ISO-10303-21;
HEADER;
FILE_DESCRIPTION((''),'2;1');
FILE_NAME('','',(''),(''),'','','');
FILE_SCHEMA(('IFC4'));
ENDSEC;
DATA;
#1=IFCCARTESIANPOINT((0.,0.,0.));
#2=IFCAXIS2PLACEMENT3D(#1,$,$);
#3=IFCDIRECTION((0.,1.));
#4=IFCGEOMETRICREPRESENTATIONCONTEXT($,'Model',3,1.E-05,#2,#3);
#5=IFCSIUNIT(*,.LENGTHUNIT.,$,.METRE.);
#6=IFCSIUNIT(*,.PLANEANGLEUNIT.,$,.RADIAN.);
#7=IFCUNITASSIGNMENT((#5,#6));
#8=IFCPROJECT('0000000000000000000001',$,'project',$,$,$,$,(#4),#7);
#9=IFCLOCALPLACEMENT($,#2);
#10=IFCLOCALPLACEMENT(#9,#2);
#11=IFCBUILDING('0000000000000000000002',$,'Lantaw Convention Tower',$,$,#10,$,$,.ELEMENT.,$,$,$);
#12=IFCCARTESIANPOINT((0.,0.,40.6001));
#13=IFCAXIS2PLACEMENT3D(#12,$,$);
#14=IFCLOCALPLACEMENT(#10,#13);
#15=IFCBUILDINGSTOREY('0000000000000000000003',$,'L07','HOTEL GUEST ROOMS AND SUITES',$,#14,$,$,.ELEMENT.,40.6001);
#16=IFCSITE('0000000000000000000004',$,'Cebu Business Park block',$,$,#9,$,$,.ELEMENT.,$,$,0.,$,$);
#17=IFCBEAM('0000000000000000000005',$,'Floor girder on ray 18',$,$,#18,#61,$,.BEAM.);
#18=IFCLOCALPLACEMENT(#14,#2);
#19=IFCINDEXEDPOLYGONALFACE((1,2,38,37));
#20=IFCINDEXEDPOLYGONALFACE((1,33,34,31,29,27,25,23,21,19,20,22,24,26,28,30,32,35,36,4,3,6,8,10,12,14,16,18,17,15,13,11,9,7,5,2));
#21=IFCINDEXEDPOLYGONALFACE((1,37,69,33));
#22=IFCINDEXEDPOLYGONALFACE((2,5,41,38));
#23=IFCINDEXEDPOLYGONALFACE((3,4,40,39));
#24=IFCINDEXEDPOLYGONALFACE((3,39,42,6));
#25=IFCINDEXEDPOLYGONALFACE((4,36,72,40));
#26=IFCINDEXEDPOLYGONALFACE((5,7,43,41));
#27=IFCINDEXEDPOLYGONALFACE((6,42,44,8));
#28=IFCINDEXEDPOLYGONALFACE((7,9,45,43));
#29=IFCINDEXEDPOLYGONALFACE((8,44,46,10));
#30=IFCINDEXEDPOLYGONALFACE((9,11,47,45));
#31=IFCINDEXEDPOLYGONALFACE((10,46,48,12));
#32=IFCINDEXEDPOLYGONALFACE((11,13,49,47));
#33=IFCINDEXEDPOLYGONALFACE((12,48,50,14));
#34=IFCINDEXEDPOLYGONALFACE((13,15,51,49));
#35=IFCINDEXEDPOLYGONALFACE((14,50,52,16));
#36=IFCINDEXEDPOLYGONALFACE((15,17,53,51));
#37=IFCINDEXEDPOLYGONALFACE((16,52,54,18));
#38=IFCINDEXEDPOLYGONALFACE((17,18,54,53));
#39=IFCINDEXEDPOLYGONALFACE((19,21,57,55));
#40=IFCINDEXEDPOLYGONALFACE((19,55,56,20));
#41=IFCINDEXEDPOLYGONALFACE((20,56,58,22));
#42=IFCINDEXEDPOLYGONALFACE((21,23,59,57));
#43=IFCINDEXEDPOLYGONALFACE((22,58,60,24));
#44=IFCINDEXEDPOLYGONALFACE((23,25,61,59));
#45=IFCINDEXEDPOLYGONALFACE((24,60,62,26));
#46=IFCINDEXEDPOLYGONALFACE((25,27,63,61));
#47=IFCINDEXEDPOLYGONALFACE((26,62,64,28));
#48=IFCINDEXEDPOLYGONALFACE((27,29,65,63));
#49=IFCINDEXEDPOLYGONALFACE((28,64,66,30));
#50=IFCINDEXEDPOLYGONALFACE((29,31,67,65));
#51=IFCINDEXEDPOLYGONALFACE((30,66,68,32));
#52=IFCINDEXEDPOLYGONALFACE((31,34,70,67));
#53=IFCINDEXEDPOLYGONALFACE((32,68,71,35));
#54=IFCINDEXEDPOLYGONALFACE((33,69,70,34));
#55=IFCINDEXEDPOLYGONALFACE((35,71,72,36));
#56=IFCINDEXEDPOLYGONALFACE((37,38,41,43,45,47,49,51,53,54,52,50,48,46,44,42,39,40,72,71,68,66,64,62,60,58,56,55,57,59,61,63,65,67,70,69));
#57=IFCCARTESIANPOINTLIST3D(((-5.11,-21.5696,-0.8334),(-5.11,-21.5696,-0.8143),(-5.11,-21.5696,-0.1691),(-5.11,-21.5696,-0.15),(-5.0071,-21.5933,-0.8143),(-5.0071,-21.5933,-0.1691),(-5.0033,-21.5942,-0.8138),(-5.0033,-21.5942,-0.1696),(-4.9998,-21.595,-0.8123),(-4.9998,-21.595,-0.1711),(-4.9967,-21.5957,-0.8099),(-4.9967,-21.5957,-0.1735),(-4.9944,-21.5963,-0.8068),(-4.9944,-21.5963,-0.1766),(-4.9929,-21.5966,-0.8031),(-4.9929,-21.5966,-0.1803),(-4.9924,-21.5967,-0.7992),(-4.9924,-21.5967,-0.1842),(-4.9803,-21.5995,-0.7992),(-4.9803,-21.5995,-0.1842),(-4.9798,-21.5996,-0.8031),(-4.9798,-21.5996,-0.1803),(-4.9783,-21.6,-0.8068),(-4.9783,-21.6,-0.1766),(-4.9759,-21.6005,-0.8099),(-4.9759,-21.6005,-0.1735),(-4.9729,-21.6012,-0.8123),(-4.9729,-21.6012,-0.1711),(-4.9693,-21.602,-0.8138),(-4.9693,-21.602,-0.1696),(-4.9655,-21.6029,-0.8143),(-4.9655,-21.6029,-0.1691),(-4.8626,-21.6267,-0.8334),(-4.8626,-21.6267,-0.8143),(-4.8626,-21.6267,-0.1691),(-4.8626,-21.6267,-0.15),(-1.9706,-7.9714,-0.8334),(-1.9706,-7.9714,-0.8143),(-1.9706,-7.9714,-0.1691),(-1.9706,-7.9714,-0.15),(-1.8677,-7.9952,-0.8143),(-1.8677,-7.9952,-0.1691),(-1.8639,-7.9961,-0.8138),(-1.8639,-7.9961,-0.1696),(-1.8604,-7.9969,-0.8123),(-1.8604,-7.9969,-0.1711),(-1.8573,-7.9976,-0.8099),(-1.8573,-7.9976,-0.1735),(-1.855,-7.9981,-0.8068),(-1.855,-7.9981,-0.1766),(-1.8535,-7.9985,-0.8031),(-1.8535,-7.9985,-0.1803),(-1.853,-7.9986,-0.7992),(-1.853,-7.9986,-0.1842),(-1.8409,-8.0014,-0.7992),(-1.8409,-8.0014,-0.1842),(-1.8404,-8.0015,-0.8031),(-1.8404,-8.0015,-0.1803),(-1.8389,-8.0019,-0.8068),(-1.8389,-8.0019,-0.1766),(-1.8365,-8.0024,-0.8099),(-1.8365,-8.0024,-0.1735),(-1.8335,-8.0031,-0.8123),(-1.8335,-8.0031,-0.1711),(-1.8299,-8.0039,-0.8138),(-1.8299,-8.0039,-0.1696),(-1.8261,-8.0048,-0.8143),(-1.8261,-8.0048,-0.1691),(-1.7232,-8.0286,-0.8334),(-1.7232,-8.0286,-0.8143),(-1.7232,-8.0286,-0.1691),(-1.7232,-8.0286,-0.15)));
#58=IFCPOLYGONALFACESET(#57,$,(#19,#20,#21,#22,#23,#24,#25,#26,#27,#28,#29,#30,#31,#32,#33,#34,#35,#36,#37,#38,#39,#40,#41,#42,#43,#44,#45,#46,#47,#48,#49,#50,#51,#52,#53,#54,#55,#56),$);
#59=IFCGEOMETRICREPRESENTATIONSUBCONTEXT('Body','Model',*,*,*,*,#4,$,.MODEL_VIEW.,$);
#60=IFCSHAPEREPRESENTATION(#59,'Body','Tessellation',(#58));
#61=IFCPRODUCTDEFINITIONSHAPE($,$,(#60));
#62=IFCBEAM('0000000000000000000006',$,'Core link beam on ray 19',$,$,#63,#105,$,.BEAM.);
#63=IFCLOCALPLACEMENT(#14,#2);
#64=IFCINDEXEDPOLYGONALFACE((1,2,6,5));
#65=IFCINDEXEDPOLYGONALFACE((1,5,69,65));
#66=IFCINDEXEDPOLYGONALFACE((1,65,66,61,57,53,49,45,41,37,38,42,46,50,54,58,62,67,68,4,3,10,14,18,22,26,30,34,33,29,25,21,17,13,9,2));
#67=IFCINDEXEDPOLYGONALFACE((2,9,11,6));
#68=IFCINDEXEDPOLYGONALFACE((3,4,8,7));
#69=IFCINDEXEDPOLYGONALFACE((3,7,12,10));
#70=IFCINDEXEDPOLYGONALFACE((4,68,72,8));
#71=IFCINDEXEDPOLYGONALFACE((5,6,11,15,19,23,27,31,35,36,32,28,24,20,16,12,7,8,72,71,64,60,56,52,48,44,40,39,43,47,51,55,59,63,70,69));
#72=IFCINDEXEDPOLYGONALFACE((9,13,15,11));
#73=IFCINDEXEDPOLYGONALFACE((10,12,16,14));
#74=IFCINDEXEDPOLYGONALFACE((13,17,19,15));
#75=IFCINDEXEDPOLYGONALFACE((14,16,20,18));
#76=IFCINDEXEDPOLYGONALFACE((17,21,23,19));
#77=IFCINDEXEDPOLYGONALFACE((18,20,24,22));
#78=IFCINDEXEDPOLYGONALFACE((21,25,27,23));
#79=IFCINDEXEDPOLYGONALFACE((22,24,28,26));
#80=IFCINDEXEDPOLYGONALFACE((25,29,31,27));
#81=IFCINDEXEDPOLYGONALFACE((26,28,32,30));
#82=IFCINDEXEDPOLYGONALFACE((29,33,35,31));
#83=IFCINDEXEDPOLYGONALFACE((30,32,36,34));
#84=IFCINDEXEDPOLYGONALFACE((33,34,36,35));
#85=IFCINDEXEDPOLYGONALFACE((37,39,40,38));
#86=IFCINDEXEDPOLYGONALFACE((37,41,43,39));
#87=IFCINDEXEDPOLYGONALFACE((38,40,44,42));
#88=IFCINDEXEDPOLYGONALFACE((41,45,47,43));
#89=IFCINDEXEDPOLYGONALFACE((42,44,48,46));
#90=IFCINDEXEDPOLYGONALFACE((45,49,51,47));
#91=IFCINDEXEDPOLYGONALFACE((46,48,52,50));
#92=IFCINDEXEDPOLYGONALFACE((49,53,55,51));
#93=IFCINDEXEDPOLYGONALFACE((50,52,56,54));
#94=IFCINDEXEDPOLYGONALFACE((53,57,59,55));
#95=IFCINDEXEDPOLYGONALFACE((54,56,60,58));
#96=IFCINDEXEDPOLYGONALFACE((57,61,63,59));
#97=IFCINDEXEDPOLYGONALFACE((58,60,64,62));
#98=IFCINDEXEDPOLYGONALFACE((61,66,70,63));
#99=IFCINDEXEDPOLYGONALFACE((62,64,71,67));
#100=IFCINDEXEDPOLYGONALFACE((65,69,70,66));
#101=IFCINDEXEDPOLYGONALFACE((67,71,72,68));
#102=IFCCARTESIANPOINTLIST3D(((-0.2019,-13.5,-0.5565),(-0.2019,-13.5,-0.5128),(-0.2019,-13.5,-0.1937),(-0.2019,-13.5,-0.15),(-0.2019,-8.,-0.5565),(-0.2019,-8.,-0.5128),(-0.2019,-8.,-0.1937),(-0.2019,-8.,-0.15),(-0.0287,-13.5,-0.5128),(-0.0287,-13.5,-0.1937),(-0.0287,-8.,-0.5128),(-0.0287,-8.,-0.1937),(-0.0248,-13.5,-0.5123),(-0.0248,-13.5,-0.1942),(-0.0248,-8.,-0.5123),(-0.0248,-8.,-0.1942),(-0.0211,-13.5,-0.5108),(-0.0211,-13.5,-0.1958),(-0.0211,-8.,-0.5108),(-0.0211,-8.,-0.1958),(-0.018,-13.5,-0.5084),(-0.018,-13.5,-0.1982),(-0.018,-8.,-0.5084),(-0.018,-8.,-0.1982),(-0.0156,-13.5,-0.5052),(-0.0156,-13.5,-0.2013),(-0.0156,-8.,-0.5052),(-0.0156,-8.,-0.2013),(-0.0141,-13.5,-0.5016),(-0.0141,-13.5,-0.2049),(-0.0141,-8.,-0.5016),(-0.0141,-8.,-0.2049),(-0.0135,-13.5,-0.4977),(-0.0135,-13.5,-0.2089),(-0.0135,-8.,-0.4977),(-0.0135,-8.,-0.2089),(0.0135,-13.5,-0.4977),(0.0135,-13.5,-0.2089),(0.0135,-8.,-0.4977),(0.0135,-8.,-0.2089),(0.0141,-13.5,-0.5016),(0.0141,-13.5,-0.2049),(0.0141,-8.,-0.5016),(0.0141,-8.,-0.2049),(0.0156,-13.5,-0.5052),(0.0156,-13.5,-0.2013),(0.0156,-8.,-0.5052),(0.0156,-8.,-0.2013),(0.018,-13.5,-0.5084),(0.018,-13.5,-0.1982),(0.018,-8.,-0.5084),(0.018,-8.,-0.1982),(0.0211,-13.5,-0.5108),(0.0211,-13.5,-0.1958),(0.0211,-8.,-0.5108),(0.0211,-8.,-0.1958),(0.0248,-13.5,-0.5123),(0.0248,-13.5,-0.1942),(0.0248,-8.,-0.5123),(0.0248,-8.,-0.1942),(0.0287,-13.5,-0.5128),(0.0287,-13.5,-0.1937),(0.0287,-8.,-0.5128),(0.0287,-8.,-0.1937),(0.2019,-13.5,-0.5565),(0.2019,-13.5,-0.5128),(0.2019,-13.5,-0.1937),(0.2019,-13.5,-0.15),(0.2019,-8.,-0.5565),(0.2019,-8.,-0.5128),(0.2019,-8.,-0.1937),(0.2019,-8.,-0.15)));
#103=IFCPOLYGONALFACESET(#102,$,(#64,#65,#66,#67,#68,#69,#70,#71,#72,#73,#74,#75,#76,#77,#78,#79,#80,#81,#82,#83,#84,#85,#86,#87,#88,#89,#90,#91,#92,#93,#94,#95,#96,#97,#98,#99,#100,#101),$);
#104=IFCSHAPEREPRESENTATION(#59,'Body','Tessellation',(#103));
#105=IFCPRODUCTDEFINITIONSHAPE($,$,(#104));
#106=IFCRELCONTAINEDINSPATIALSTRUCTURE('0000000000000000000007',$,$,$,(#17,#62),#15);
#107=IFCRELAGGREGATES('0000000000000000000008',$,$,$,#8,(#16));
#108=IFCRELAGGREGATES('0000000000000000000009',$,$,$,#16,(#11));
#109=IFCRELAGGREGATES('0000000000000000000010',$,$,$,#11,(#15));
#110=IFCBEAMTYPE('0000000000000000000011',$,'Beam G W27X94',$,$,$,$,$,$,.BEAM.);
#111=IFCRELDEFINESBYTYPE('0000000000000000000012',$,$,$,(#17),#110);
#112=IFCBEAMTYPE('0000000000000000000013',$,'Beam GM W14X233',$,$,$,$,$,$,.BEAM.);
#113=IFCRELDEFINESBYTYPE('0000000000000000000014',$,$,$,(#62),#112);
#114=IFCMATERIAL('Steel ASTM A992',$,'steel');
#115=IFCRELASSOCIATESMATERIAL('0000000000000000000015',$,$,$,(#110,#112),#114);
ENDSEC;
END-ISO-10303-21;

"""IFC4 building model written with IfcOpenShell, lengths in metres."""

from ifc_helpers import new_model, si_unit, direction, frame, origin, origin_2d, place, context, subcontext, project, spatial, i_section, extrude, material, material_profile, profile_set, type_object, element, save


model = new_model("IFC4")

# Units and contexts
model_context = context("Model", 3, precision=1e-05, world=origin(), true_north=direction((0.0, 1.0)))
body_context = subcontext(model_context, "Body", "Model", "MODEL_VIEW")
ifc_project = project(units=[si_unit("LENGTHUNIT", "METRE"), si_unit("PLANEANGLEUNIT", "RADIAN")], contexts=[model_context])

# Site, building, storey
site_placement = place(None, origin())
site = spatial("IfcSite", under=ifc_project, at=site_placement, Name="Cebu Business Park block", CompositionType="ELEMENT", RefElevation=0.0)
building_placement = place(site_placement, origin())
building = spatial("IfcBuilding", under=site, at=building_placement, Name="Lantaw Convention Tower", CompositionType="ELEMENT")
storey_placement = place(building_placement, frame((0.0, 0.0, 40.6001)))
storey = spatial("IfcBuildingStorey", under=building, at=storey_placement, Name="L07", Description="HOTEL GUEST ROOMS AND SUITES", CompositionType="ELEMENT", Elevation=40.6001)

# Beams
ifc_material_1 = material(Name="Steel ASTM A992", Category="steel")
ifc_material_profile_1 = material_profile(ifc_material_1, i_section(OverallWidth=0.2539, OverallDepth=0.6833, WebThickness=0.0125, FlangeThickness=0.019, FilletRadius=0.0151, at=origin_2d()), Name="W27X94")
ifc_profile_set_1 = profile_set([ifc_material_profile_1], Name="Steel ASTM A992")
beam_type_1 = type_object("IfcBeamType", Name="Beam G W27X94", PredefinedType="BEAM", material=ifc_profile_set_1)
beam_1_placement = place(storey_placement, frame((-1.8469, -8.0, -0.4917), z_axis=(-0.224953, -0.97437, 0.0), x_axis=(0.97437, -0.224953, 0.0)))
element("IfcBeam", 1, at=beam_1_placement, inside=storey, type_object=beam_type_1, Name="Floor girder on ray 18", PredefinedType="BEAM", context=body_context, shape_type="SweptSolid", body=[
    extrude(i_section(OverallWidth=0.2539, OverallDepth=0.6833, WebThickness=0.0125, FlangeThickness=0.019, FilletRadius=0.0151, at=origin_2d()), origin(), (0.0, 0.0, 1.0), 13.9558),
])
ifc_material_profile_2 = material_profile(ifc_material_1, i_section(OverallWidth=0.4038, OverallDepth=0.4065, WebThickness=0.0271, FlangeThickness=0.0437, FilletRadius=0.0151, at=origin_2d()), Name="W14X233")
ifc_profile_set_2 = profile_set([ifc_material_profile_2], Name="Steel ASTM A992")
beam_type_2 = type_object("IfcBeamType", Name="Beam GM W14X233", PredefinedType="BEAM", material=ifc_profile_set_2)
beam_2_placement = place(storey_placement, frame((0.0, -8.0, -0.3533), z_axis=(0.0, -1.0, 0.0), x_axis=(1.0, 0.0, 0.0)))
element("IfcBeam", 2, at=beam_2_placement, inside=storey, type_object=beam_type_2, Name="Core link beam on ray 19", PredefinedType="BEAM", context=body_context, shape_type="SweptSolid", body=[
    extrude(i_section(OverallWidth=0.4038, OverallDepth=0.4065, WebThickness=0.0271, FlangeThickness=0.0437, FilletRadius=0.0151, at=origin_2d()), origin(), (0.0, 0.0, 1.0), 5.5),
])

save(model, "model.ifc")
